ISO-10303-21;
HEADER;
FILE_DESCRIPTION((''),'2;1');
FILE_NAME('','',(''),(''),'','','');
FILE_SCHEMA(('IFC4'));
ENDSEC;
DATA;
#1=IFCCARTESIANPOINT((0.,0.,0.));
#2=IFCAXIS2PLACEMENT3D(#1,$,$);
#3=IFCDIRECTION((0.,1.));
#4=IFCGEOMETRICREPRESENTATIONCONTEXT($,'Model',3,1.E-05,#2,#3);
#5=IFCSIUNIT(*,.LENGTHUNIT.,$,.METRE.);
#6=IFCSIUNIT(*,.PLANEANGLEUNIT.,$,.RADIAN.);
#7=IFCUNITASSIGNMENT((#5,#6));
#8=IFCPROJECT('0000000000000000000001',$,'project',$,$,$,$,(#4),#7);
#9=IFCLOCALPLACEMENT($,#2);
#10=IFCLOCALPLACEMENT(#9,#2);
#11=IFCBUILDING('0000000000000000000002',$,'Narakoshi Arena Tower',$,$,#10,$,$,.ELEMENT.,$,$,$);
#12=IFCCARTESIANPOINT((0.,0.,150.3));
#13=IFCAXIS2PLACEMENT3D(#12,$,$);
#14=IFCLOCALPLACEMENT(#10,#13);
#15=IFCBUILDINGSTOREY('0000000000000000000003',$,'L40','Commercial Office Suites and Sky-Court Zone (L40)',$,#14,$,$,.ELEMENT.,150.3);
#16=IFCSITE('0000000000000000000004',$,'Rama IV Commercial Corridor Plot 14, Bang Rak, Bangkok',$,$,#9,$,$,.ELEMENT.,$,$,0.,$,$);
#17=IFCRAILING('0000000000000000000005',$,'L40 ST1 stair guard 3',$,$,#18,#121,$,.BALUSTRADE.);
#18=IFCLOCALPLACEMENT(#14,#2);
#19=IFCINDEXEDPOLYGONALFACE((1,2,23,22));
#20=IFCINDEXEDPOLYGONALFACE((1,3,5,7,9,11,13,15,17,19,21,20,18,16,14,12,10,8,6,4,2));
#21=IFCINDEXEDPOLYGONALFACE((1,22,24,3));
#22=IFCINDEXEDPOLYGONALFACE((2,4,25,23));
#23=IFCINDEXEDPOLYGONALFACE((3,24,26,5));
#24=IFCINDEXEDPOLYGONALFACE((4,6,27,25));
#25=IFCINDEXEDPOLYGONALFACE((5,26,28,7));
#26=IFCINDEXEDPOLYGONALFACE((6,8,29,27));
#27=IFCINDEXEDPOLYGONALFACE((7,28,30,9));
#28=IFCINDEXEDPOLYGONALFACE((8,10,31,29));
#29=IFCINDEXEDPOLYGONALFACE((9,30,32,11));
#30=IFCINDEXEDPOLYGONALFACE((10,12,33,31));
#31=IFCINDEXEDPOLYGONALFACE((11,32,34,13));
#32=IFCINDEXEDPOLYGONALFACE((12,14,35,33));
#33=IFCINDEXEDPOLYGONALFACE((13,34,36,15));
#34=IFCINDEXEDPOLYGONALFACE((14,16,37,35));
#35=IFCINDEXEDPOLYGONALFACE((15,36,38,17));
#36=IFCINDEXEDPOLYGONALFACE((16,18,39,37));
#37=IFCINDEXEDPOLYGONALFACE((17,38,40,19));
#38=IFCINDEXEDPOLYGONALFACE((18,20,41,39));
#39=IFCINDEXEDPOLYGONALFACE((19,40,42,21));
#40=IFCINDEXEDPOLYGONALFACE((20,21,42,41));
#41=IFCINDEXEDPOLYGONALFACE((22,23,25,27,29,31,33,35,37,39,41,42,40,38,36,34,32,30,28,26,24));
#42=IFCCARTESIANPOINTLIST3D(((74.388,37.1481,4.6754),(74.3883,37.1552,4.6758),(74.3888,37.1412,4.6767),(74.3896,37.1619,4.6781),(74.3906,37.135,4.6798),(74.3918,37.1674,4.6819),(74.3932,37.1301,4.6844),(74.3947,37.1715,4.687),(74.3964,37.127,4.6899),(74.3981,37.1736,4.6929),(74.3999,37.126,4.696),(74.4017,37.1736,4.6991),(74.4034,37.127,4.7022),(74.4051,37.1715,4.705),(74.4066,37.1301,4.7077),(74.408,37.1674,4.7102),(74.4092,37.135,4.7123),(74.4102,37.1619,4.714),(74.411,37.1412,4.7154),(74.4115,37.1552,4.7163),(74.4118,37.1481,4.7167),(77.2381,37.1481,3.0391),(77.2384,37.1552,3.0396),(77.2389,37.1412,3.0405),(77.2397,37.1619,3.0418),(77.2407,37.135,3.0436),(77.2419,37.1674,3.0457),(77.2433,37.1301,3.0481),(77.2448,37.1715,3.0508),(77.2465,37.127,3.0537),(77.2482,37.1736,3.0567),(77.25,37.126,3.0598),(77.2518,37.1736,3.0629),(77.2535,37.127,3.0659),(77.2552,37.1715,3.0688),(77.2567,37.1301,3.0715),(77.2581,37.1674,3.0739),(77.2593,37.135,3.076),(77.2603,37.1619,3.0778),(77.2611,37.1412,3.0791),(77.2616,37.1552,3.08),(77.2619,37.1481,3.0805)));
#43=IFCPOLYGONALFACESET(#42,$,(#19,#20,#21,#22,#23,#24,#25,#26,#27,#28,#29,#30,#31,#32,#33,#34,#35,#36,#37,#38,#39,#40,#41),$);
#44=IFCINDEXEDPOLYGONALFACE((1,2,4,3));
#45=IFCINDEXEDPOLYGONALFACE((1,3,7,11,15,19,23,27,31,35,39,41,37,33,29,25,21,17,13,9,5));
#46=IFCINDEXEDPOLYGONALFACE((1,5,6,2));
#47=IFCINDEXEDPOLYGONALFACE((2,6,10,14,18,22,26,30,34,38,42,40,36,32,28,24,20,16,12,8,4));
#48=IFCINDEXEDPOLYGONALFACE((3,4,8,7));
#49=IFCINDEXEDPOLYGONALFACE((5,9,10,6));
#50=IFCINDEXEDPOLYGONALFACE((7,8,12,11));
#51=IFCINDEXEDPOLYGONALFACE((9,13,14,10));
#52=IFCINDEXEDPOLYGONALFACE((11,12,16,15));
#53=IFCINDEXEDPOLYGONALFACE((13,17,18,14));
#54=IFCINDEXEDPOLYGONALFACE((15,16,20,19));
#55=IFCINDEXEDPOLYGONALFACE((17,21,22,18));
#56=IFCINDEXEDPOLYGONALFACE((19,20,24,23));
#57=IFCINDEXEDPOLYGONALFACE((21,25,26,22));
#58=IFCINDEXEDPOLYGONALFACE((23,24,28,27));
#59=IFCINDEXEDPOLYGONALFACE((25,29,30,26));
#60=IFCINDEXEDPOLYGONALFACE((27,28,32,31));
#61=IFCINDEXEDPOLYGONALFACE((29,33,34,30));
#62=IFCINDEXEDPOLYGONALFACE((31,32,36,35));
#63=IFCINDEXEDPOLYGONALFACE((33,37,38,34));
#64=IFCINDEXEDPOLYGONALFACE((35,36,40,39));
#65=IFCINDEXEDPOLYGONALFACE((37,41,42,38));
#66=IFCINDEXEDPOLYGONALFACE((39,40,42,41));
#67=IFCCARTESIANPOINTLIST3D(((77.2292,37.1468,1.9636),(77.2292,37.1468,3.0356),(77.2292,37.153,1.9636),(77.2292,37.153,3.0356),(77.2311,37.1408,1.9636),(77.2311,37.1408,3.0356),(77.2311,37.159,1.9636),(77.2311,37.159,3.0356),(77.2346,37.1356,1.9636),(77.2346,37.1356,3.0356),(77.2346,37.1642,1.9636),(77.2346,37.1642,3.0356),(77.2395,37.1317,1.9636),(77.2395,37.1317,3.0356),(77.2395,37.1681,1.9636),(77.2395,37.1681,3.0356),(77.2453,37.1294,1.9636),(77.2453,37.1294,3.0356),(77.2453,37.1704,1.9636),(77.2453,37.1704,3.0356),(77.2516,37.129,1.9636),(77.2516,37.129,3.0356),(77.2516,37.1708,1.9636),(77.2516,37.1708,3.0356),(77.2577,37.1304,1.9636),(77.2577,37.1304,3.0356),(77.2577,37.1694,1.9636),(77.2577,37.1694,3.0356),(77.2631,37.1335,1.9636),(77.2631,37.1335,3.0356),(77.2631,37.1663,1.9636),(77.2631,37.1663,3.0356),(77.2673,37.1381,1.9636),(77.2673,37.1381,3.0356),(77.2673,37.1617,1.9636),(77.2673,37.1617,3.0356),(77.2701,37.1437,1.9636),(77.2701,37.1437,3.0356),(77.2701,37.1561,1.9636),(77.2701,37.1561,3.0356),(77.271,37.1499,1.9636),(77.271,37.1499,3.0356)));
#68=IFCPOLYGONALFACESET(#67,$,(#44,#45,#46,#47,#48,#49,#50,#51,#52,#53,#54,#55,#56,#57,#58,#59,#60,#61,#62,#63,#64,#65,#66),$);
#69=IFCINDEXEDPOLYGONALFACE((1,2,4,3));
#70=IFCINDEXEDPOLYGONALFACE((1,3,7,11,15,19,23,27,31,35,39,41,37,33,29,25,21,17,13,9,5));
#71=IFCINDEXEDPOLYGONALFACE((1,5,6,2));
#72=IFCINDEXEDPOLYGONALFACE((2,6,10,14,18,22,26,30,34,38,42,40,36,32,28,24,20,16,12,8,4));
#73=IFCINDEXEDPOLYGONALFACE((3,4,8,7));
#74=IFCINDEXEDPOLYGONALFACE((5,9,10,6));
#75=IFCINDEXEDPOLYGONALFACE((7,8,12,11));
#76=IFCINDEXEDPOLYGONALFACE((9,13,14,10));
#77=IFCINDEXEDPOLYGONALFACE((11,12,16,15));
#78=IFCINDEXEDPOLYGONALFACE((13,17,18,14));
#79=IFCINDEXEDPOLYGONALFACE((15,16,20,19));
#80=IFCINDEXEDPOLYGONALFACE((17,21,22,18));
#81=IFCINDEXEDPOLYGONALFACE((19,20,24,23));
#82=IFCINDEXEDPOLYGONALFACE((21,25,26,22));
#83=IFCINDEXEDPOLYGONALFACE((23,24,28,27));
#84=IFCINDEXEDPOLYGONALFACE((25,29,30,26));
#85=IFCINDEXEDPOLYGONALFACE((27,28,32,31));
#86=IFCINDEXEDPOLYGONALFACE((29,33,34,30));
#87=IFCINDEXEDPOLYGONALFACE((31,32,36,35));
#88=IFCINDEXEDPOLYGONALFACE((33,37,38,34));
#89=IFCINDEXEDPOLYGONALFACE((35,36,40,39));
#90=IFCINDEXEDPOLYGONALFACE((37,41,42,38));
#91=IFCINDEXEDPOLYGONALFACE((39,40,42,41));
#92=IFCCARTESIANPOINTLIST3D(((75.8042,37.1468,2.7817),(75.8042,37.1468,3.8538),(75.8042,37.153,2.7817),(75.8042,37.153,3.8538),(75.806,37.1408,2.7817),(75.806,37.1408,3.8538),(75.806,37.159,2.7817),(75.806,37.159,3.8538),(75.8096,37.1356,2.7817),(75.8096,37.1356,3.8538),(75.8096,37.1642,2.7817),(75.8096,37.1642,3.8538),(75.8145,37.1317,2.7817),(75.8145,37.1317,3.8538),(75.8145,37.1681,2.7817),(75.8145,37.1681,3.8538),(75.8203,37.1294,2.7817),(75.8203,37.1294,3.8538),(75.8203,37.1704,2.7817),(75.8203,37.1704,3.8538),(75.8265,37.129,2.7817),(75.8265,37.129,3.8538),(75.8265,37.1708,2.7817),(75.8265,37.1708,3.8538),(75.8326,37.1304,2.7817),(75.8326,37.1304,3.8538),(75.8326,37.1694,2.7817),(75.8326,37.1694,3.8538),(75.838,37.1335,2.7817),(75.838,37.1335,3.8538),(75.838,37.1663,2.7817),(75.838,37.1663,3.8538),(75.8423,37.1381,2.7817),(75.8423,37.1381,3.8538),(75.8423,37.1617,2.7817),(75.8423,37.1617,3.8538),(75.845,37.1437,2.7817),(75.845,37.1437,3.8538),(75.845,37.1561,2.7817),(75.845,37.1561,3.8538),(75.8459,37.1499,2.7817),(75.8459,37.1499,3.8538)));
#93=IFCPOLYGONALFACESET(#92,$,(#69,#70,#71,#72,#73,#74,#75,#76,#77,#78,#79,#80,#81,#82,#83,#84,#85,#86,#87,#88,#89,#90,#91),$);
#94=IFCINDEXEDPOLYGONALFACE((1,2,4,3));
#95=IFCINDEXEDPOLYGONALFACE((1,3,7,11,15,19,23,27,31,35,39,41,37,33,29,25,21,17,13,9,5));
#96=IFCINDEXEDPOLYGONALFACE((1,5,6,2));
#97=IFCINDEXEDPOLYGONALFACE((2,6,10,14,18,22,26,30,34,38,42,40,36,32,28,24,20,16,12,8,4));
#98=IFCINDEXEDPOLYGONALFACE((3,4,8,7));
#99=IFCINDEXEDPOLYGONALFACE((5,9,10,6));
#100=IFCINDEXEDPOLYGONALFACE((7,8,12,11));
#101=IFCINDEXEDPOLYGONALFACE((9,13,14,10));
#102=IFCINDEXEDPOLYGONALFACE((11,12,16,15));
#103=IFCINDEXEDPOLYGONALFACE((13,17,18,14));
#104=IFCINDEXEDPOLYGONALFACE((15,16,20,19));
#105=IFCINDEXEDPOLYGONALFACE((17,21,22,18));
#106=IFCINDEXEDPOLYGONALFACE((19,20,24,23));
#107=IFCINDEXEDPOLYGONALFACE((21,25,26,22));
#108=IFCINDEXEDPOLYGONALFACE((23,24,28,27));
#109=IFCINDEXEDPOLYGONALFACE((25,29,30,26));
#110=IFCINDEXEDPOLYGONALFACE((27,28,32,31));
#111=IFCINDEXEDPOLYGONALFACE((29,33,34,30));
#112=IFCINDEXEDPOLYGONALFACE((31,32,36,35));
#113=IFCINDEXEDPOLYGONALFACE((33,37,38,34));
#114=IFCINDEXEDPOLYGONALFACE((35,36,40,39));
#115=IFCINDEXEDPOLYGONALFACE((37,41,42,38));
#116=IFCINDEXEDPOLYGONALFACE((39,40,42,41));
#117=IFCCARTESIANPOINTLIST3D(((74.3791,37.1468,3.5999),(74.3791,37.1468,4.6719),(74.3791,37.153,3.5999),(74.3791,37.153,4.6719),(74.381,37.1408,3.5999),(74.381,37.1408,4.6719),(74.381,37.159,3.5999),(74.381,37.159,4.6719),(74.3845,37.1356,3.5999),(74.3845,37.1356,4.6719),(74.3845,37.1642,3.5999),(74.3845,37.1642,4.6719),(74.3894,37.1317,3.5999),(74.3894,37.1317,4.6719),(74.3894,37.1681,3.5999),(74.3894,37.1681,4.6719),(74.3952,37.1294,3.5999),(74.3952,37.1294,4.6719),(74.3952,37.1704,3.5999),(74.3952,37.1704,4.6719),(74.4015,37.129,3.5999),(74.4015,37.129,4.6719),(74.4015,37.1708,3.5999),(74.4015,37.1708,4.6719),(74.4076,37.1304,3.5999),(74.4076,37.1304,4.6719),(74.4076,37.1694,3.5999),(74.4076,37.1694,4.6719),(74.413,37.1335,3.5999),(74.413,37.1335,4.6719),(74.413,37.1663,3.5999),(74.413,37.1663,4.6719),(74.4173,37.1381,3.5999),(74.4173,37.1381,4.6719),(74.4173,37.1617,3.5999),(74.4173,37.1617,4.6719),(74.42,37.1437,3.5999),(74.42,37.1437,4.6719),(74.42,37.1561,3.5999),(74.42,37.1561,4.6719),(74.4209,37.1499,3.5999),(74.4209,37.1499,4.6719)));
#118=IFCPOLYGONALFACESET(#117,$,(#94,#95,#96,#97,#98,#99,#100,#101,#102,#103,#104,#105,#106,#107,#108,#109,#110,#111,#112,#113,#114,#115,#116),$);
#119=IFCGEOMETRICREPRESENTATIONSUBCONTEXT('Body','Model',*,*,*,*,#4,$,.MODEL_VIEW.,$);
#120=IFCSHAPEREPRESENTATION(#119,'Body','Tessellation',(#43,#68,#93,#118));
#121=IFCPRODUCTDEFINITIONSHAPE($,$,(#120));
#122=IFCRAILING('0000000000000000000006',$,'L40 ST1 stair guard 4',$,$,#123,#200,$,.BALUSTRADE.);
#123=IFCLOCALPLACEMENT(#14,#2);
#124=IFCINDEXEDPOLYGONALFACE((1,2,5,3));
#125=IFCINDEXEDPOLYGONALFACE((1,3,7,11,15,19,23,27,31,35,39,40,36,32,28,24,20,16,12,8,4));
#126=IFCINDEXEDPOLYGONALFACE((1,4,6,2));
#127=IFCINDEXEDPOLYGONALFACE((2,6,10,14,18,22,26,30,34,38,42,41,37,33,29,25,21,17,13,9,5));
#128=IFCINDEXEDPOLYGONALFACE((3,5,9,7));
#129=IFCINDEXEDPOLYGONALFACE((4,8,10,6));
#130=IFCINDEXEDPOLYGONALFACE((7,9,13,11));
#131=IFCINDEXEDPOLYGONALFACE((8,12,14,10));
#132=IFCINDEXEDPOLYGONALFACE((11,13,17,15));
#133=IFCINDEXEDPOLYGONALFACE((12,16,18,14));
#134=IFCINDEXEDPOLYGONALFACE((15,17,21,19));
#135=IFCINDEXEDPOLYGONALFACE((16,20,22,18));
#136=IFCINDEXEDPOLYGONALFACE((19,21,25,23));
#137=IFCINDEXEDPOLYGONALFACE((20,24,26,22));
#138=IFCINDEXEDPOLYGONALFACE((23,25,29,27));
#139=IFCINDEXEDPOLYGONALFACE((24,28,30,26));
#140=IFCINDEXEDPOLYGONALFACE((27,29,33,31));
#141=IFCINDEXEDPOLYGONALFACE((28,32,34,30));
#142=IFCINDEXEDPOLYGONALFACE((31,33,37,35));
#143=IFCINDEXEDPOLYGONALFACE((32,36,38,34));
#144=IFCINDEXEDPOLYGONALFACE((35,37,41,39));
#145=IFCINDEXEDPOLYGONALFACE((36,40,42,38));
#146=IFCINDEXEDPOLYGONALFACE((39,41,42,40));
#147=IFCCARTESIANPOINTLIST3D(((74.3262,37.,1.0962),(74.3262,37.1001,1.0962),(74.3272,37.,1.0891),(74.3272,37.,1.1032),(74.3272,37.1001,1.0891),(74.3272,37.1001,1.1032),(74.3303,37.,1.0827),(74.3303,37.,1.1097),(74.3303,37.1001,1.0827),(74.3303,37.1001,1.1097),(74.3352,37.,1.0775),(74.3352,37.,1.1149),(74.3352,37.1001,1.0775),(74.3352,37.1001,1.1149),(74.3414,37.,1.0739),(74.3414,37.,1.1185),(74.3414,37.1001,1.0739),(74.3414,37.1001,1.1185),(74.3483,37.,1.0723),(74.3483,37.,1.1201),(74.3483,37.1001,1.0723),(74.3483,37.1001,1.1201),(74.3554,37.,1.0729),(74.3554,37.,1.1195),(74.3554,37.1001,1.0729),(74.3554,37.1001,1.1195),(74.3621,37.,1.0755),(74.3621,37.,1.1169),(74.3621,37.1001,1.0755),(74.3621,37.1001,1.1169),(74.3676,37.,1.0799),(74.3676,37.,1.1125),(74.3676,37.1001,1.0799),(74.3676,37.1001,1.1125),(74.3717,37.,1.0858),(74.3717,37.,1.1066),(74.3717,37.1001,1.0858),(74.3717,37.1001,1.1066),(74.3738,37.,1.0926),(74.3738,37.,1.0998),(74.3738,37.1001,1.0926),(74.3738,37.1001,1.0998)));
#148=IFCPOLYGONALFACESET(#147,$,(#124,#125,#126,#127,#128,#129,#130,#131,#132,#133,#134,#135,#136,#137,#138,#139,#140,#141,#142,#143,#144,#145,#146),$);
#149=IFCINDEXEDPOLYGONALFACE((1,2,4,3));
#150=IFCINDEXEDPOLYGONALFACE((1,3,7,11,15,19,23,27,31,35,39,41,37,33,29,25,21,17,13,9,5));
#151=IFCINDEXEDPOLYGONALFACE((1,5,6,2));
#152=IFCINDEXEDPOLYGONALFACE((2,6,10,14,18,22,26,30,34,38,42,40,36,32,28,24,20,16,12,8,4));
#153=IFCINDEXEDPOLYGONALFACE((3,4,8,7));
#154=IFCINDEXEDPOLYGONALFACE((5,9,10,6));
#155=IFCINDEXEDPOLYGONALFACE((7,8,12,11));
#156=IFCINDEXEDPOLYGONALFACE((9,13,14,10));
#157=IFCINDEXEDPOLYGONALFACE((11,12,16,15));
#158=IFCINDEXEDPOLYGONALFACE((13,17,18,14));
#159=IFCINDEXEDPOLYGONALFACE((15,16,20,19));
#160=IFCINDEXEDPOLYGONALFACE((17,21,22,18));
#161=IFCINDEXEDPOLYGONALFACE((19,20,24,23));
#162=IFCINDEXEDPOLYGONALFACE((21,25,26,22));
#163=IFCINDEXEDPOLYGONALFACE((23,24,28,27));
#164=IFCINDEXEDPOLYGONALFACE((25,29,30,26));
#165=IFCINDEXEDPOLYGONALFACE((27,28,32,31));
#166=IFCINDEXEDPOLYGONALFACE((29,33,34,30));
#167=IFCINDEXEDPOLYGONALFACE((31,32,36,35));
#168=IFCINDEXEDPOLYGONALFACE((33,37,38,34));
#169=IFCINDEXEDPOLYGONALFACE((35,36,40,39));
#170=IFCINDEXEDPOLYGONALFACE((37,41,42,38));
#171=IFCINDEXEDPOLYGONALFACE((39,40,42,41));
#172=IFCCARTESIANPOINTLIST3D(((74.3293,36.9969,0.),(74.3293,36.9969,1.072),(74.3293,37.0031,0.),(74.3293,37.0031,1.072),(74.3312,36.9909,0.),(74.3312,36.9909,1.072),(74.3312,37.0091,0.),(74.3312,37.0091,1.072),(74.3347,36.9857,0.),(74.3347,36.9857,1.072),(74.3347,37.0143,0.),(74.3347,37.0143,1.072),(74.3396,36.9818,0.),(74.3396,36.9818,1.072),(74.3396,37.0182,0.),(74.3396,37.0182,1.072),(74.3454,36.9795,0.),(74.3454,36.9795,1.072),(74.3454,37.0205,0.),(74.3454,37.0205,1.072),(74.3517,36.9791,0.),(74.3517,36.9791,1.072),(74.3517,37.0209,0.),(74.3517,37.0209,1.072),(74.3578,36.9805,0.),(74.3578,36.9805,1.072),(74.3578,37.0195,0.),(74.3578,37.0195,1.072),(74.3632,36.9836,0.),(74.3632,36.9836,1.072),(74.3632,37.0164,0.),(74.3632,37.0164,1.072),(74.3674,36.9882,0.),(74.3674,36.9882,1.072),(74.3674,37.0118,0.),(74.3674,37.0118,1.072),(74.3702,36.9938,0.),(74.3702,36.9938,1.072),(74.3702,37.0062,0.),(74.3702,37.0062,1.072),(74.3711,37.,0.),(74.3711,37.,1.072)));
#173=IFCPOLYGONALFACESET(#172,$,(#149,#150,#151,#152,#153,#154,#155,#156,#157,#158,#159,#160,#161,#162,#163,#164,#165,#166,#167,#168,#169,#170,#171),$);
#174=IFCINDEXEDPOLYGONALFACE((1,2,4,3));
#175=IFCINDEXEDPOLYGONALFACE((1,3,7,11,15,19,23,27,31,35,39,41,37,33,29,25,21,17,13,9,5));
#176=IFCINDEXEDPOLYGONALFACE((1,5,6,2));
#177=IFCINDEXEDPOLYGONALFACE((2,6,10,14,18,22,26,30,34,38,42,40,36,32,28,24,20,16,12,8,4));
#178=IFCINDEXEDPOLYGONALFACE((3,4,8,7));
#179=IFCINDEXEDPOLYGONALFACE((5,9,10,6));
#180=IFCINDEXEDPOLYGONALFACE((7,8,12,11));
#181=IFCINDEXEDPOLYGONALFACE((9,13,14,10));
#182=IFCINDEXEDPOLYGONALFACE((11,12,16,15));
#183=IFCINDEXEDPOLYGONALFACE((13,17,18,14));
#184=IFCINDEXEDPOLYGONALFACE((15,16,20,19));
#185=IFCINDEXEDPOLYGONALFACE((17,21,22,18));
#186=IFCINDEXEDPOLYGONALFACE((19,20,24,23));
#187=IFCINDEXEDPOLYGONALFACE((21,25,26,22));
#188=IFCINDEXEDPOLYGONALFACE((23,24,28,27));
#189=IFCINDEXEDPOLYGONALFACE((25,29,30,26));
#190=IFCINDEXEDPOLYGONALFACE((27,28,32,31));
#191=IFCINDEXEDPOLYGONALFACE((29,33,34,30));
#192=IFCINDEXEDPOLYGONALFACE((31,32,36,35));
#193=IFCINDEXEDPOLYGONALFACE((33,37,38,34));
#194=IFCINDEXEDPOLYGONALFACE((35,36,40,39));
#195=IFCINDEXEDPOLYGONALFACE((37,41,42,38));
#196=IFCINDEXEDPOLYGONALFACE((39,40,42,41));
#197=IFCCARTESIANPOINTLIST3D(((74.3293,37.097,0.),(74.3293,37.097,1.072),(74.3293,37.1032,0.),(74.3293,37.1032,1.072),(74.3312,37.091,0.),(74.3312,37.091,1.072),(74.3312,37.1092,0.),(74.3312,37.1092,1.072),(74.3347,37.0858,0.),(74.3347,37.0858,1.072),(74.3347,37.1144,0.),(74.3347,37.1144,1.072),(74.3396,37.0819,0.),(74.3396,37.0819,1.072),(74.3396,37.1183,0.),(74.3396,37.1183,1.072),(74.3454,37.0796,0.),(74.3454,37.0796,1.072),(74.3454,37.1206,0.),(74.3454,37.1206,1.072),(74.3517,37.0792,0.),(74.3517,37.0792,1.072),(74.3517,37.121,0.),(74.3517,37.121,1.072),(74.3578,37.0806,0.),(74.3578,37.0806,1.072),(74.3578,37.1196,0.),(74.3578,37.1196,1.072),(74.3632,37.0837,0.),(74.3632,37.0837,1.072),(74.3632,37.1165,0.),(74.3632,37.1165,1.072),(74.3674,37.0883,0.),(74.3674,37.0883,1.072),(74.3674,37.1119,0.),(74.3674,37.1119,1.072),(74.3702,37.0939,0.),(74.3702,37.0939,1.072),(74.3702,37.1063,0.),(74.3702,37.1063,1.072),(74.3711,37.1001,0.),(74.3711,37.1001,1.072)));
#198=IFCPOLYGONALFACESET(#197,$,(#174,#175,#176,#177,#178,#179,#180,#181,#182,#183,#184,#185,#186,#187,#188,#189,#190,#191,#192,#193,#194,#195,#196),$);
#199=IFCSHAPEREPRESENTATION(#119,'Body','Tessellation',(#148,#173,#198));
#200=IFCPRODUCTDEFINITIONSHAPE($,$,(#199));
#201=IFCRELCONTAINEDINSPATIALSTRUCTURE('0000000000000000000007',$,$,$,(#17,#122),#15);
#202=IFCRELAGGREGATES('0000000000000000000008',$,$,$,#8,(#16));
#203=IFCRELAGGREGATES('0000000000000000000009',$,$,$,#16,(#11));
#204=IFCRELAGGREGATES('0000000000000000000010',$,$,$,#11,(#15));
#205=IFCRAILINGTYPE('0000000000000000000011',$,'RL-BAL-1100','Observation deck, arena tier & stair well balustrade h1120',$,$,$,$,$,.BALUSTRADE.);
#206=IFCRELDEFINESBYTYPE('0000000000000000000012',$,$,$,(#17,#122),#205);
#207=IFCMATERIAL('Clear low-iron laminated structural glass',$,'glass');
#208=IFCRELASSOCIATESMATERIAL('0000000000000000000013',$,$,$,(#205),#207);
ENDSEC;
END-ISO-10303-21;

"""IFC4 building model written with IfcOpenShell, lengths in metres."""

from ifc_helpers import new_model, si_unit, direction, frame, origin, origin_2d, place, context, subcontext, project, spatial, circle, extrude, material, type_object, element, save


model = new_model("IFC4")

# Units and contexts
model_context = context("Model", 3, precision=1e-05, world=origin(), true_north=direction((0.0, 1.0)))
body_context = subcontext(model_context, "Body", "Model", "MODEL_VIEW")
ifc_project = project(units=[si_unit("LENGTHUNIT", "METRE"), si_unit("PLANEANGLEUNIT", "RADIAN")], contexts=[model_context])

# Site, building, storey
site_placement = place(None, origin())
site = spatial("IfcSite", under=ifc_project, at=site_placement, Name="Rama IV Commercial Corridor Plot 14, Bang Rak, Bangkok", CompositionType="ELEMENT", RefElevation=0.0)
building_placement = place(site_placement, origin())
building = spatial("IfcBuilding", under=site, at=building_placement, Name="Narakoshi Arena Tower", CompositionType="ELEMENT")
storey_placement = place(building_placement, frame((0.0, 0.0, 150.3)))
storey = spatial("IfcBuildingStorey", under=building, at=storey_placement, Name="L40", Description="Commercial Office Suites and Sky-Court Zone (L40)", CompositionType="ELEMENT", Elevation=150.3)

# Railings
ifc_material_1 = material(Name="Clear low-iron laminated structural glass", Category="glass")
railing_type_1 = type_object("IfcRailingType", Name="RL-BAL-1100", Description="Observation deck, arena tier & stair well balustrade h1120", PredefinedType="BALUSTRADE", material=ifc_material_1)
railing_1_placement = place(storey_placement, frame((77.25, 37.1499, 1.9636)))
element("IfcRailing", 1, at=railing_1_placement, inside=storey, type_object=railing_type_1, Name="L40 ST1 stair guard 3", PredefinedType="BALUSTRADE", context=body_context, shape_type="SweptSolid", body=[
    extrude(circle(Radius=0.0239, at=origin_2d()), frame((0.0, 0.0, 1.0962), z_axis=(-0.867245, 0.0, 0.497882), x_axis=(0.0, -1.0, 0.0)), (0.0, 0.0, 1.0), 3.2864),
    extrude(circle(Radius=0.021, at=origin_2d()), origin(), (0.0, 0.0, 1.0), 1.072),
    extrude(circle(Radius=0.021, at=origin_2d()), frame((-1.425, 0.0, 0.8181)), (0.0, 0.0, 1.0), 1.072),
    extrude(circle(Radius=0.021, at=origin_2d()), frame((-2.8501, 0.0, 1.6362)), (0.0, 0.0, 1.0), 1.072),
])
railing_2_placement = place(storey_placement, frame((74.3501, 37.0, 0.0)))
element("IfcRailing", 2, at=railing_2_placement, inside=storey, type_object=railing_type_1, Name="L40 ST1 stair guard 4", PredefinedType="BALUSTRADE", context=body_context, shape_type="SweptSolid", body=[
    extrude(circle(Radius=0.0239, at=origin_2d()), frame((0.0, 0.0, 1.0962), z_axis=(0.0, 1.0, 0.0), x_axis=(-1.0, 0.0, 0.0)), (0.0, 0.0, 1.0), 0.1001),
    extrude(circle(Radius=0.021, at=origin_2d()), origin(), (0.0, 0.0, 1.0), 1.072),
    extrude(circle(Radius=0.021, at=origin_2d()), frame((0.0, 0.1001, 0.0)), (0.0, 0.0, 1.0), 1.072),
])

save(model, "model.ifc")
